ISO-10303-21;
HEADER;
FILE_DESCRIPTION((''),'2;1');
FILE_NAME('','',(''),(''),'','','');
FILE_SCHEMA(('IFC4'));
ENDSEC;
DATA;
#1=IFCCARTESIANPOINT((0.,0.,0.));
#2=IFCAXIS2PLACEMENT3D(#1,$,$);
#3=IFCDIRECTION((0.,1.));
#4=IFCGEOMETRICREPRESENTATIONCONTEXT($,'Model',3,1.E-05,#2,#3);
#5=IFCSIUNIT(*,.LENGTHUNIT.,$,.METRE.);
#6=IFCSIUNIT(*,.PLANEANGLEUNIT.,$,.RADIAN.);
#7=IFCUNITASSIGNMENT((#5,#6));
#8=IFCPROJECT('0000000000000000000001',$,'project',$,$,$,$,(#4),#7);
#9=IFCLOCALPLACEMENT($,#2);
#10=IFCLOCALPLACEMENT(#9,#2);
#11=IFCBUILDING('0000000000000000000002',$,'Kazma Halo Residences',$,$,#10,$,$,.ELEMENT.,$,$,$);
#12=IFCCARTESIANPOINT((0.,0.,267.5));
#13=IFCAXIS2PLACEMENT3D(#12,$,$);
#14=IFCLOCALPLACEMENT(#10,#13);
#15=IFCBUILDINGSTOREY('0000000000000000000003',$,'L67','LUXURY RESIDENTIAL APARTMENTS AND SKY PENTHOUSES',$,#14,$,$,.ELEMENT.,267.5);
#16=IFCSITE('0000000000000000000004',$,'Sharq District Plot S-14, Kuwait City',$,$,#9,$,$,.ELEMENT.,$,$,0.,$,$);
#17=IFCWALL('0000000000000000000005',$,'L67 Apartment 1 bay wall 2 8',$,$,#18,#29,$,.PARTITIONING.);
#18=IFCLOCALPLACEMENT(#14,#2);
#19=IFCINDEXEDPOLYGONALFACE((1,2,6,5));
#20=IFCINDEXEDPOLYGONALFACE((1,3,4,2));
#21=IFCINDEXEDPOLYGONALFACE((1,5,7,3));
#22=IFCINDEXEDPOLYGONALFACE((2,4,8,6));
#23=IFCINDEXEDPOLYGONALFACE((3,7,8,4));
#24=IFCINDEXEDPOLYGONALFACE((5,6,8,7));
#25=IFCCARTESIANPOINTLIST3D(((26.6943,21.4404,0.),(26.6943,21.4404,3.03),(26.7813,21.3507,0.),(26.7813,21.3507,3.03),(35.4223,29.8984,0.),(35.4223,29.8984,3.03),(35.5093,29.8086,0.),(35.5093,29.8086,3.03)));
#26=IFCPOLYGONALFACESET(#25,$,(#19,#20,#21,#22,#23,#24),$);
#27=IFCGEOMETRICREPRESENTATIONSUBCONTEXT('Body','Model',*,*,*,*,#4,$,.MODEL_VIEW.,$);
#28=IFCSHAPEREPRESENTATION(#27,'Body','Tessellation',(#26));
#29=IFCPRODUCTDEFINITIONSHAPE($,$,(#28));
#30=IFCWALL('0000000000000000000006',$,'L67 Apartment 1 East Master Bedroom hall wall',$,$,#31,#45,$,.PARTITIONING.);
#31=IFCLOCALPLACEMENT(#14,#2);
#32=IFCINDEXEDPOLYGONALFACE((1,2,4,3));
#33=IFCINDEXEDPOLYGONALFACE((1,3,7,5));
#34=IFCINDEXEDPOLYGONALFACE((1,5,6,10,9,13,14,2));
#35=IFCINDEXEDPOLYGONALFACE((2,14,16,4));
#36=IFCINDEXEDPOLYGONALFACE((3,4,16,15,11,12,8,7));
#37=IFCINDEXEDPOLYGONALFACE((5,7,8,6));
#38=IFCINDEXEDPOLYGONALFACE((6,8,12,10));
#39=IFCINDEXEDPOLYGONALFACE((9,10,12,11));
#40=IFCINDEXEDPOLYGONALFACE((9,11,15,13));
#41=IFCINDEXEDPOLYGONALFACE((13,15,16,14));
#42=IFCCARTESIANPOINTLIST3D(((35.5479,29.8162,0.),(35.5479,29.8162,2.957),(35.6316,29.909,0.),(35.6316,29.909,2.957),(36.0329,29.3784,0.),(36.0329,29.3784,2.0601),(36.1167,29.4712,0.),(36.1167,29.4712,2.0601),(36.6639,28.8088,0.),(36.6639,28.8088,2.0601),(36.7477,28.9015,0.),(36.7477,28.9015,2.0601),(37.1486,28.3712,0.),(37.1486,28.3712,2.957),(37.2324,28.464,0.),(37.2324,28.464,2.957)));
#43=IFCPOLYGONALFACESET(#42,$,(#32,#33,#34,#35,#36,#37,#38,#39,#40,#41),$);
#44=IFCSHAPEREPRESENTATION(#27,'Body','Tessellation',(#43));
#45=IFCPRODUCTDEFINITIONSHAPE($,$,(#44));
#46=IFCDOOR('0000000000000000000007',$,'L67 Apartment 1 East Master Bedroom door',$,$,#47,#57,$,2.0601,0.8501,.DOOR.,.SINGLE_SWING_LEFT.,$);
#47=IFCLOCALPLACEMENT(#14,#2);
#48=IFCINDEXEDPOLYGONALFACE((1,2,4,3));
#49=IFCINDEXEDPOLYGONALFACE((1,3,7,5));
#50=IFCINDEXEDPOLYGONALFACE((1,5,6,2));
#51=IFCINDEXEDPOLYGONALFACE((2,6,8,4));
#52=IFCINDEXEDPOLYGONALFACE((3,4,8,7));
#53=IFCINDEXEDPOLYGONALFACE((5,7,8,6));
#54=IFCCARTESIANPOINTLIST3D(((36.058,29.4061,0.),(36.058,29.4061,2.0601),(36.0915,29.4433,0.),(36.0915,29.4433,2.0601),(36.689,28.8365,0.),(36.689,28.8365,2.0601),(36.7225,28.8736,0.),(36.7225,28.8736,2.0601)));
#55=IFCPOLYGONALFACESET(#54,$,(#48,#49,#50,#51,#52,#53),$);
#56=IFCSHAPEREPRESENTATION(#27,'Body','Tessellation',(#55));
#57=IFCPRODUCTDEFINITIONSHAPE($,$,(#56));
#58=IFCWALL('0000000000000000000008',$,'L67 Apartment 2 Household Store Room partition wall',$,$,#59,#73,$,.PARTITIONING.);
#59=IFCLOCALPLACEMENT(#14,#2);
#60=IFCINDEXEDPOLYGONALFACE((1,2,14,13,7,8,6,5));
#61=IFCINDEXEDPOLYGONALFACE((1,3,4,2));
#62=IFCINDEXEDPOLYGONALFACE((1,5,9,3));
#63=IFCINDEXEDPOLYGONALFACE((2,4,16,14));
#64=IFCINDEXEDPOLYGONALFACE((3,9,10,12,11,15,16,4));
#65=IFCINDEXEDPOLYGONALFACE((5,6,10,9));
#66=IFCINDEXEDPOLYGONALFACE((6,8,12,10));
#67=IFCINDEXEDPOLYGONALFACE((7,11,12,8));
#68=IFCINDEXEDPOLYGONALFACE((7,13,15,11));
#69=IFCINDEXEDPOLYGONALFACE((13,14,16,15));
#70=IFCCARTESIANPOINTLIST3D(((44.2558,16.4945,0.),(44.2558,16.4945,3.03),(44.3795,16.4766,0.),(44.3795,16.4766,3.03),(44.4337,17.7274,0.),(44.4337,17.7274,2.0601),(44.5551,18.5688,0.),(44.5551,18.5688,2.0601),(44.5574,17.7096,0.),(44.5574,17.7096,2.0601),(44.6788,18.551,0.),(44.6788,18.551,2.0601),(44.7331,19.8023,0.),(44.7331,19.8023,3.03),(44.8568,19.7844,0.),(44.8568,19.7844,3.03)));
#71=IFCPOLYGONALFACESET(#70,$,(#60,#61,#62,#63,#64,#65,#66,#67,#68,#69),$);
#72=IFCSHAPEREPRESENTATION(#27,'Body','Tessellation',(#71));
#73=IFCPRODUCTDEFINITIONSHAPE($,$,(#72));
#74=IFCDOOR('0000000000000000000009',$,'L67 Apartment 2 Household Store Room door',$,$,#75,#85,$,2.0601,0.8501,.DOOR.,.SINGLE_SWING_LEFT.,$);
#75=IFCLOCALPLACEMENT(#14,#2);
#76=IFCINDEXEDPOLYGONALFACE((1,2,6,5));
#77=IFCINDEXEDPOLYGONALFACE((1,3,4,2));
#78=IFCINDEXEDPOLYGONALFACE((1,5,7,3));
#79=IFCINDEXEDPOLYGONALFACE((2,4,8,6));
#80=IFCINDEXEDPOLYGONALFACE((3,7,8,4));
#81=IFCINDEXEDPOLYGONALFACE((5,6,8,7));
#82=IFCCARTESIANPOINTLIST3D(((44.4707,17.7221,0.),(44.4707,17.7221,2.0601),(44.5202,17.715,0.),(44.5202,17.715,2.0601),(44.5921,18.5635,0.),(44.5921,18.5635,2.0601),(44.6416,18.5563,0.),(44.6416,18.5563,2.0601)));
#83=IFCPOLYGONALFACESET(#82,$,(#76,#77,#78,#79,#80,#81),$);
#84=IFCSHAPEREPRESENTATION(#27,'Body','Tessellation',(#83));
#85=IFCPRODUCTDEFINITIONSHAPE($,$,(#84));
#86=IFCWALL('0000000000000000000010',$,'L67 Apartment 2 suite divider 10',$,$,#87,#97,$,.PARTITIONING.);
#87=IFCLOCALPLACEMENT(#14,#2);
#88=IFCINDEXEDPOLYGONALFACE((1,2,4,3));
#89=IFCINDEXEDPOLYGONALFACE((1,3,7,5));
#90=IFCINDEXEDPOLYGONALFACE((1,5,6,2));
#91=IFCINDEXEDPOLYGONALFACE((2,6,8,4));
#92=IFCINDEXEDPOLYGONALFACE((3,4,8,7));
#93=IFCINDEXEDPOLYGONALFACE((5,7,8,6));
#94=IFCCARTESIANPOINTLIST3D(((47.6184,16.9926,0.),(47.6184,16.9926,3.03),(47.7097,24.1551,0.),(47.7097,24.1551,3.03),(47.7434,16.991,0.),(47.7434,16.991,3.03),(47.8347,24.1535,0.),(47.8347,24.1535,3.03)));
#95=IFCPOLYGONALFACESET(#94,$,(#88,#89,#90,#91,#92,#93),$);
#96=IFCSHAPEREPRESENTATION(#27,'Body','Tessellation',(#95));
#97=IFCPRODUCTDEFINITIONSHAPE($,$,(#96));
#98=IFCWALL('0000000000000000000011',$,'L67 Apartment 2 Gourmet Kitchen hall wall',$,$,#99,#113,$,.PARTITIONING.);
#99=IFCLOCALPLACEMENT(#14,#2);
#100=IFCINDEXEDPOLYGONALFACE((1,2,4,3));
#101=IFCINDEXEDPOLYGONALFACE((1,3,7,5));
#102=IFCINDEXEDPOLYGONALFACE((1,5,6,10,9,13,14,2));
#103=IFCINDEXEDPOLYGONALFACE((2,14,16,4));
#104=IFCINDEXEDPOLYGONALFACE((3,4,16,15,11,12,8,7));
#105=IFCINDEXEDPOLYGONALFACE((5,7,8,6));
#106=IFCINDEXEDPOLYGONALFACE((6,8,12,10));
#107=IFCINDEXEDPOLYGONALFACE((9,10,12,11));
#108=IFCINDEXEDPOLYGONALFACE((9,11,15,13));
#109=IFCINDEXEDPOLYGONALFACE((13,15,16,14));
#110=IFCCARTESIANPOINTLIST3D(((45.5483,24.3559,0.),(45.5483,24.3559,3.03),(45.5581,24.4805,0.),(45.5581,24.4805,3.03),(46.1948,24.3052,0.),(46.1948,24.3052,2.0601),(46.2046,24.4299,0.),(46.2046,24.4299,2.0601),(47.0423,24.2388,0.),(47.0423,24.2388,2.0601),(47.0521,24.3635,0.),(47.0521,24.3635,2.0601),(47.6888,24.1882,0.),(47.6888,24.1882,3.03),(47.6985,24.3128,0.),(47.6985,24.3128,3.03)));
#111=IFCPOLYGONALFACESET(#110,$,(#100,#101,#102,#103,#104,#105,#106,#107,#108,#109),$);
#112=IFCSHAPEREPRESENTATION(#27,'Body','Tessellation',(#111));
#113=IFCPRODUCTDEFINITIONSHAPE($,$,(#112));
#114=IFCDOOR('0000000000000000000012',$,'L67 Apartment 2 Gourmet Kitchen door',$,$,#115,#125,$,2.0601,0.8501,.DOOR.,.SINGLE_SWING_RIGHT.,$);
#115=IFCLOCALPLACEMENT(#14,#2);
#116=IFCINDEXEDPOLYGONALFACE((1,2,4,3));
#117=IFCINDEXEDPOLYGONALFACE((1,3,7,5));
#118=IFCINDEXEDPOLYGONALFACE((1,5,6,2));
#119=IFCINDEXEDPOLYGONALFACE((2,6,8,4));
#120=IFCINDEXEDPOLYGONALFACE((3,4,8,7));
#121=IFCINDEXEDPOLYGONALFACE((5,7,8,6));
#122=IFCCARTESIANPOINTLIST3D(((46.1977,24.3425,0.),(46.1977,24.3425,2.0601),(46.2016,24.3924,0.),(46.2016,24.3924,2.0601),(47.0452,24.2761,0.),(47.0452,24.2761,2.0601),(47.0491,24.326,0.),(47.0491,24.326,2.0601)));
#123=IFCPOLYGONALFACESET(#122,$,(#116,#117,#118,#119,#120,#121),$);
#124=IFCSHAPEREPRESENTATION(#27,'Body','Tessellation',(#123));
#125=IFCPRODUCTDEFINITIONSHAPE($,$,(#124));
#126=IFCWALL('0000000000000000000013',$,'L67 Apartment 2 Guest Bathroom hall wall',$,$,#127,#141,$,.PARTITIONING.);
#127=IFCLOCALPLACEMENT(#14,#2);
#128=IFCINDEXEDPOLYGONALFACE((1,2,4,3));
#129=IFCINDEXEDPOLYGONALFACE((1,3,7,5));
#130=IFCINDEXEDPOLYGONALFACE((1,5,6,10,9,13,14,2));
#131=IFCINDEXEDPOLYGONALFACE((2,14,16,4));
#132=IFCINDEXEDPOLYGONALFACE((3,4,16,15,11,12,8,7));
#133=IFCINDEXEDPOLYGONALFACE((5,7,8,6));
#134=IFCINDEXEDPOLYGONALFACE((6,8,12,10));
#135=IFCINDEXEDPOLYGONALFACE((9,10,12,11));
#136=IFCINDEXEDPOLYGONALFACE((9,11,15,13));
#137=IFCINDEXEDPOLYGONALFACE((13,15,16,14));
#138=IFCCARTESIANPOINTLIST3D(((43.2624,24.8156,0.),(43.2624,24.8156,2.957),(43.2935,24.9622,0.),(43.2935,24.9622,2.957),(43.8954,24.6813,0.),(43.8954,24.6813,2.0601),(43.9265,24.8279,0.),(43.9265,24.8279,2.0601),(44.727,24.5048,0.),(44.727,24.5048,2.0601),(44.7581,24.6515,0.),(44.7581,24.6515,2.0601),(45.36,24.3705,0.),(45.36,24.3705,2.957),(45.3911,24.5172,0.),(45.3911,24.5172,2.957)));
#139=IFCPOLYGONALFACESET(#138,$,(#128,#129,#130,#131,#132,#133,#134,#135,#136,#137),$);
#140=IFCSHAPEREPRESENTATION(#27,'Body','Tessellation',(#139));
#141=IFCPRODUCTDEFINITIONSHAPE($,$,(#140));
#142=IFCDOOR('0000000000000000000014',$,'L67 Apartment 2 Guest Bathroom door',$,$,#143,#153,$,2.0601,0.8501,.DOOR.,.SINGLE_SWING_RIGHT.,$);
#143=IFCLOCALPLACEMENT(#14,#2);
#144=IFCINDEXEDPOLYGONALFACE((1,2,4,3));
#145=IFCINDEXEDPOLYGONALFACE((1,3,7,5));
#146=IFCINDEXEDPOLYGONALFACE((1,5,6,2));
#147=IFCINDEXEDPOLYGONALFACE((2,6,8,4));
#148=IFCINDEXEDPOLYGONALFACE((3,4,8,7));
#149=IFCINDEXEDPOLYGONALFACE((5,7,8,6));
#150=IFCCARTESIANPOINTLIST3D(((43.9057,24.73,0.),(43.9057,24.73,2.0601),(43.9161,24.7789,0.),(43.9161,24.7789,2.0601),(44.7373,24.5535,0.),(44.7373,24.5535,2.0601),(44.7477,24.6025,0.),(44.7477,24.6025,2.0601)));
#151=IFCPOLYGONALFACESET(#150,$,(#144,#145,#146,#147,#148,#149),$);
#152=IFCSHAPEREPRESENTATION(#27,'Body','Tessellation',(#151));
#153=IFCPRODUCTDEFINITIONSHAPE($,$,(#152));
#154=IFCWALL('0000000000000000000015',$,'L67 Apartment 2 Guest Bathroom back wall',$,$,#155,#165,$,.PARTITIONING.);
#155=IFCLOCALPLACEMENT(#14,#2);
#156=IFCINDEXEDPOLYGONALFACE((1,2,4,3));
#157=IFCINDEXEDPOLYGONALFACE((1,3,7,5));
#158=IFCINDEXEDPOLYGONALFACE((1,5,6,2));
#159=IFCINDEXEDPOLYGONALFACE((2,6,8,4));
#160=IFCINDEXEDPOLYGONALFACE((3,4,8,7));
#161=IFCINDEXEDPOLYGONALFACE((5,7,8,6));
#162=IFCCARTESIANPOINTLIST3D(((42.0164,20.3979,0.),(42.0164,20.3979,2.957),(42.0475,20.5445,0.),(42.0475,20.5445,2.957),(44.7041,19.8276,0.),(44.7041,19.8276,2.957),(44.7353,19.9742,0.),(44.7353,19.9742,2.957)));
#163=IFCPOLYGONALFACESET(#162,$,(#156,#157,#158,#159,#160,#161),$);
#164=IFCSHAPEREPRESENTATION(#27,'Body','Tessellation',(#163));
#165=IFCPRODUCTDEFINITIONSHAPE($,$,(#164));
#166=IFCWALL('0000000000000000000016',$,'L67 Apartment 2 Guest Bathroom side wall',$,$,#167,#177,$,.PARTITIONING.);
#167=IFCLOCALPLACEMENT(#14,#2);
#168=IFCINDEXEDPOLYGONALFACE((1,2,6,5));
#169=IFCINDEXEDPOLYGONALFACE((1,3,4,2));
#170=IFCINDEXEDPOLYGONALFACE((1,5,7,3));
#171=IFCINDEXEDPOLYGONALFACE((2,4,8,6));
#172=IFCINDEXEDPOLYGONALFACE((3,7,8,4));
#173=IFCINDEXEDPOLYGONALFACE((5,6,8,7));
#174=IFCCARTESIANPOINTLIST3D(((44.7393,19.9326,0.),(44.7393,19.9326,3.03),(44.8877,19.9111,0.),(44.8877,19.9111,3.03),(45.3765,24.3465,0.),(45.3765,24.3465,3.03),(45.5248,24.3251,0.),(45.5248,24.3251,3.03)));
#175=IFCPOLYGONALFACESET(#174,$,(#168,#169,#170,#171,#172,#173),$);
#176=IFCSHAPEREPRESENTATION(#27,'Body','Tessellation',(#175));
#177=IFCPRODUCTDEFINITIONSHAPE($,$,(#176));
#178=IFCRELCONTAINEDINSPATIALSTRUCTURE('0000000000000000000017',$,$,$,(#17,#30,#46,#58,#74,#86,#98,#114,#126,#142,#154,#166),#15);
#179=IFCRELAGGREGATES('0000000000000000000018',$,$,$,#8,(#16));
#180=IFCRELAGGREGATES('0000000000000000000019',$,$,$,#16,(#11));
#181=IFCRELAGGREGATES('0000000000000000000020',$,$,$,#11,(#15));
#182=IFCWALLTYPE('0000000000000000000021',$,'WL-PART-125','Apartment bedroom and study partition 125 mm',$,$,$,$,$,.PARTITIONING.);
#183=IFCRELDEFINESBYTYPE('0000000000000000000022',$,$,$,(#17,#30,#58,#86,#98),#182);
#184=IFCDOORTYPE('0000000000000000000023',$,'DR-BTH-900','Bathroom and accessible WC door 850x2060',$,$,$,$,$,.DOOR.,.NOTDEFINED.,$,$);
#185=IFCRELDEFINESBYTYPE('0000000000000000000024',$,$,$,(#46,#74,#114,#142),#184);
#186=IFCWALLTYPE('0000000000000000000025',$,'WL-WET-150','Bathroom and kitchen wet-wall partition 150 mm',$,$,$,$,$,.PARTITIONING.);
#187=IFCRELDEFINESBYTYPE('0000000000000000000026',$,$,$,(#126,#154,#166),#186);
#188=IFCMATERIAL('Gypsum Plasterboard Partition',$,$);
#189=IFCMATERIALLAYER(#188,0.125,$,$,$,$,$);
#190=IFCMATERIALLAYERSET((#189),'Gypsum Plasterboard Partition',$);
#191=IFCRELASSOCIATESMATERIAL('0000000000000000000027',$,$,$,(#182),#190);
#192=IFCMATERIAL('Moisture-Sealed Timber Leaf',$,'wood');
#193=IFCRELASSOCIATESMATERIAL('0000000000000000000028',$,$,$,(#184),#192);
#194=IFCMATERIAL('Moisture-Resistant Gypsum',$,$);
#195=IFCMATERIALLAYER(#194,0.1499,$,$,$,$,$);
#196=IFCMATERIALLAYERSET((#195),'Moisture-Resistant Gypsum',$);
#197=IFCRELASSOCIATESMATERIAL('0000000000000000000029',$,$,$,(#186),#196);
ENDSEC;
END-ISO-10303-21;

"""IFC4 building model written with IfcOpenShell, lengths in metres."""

from ifc_helpers import new_model, si_unit, direction, frame, frame_2d, origin, place, context, subcontext, project, spatial, rectangle, extrude, material, layer, layer_set, type_object, element, fill, save


model = new_model("IFC4")

# Units and contexts
model_context = context("Model", 3, precision=1e-05, world=origin(), true_north=direction((0.0, 1.0)))
body_context = subcontext(model_context, "Body", "Model", "MODEL_VIEW")
ifc_project = project(units=[si_unit("LENGTHUNIT", "METRE"), si_unit("PLANEANGLEUNIT", "RADIAN")], contexts=[model_context])

# Site, building, storey
site_placement = place(None, origin())
site = spatial("IfcSite", under=ifc_project, at=site_placement, Name="Sharq District Plot S-14, Kuwait City", CompositionType="ELEMENT", RefElevation=0.0)
building_placement = place(site_placement, origin())
building = spatial("IfcBuilding", under=site, at=building_placement, Name="Kazma Halo Residences", CompositionType="ELEMENT")
storey_placement = place(building_placement, frame((0.0, 0.0, 267.5)))
storey = spatial("IfcBuildingStorey", under=building, at=storey_placement, Name="L67", Description="LUXURY RESIDENTIAL APARTMENTS AND SKY PENTHOUSES", CompositionType="ELEMENT", Elevation=267.5)

# Wall
ifc_material_1 = material(Name="Gypsum Plasterboard Partition")
ifc_layer_1 = layer(ifc_material_1, 0.125)
ifc_layer_set_1 = layer_set([ifc_layer_1], Name="Gypsum Plasterboard Partition")
wall_type_1 = type_object("IfcWallType", Name="WL-PART-125", Description="Apartment bedroom and study partition 125 mm", PredefinedType="PARTITIONING", material=ifc_layer_set_1)
wall_1_placement = place(storey_placement, frame((35.4658, 29.8535, 0.0), z_axis=(0.0, 0.0, 1.0), x_axis=(-0.718128, -0.695911, 0.0)))
element("IfcWall", 1, at=wall_1_placement, inside=storey, type_object=wall_type_1, Name="L67 Apartment 1 bay wall 2 8", PredefinedType="PARTITIONING", context=body_context, shape_type="SweptSolid", body=[
    extrude(rectangle(XDim=12.1538, YDim=0.125, at=frame_2d((6.0769, 0.0))), origin(), (0.0, 0.0, 1.0), 3.03),
])

# Walls, openings, doors
wall_2_placement = place(storey_placement, frame((35.5898, 29.8625, 0.0), z_axis=(0.0, 0.0, 1.0), x_axis=(0.742297, -0.670071, 0.0)))
wall_2 = element("IfcWall", 2, at=wall_2_placement, inside=storey, type_object=wall_type_1, Name="L67 Apartment 1 East Master Bedroom hall wall", PredefinedType="PARTITIONING", context=body_context, shape_type="SweptSolid", body=[
    extrude(rectangle(XDim=2.1565, YDim=0.125, at=frame_2d((1.0781, 0.0))), origin(), (0.0, 0.0, 1.0), 2.957),
])
opening_1_placement = place(wall_2_placement, frame((0.6533, 0.0, 0.0)))
opening_1 = element("IfcOpeningElement", 3, at=opening_1_placement, cuts=wall_2, PredefinedType="OPENING", context=body_context, shape_type="SweptSolid", body=[
    extrude(rectangle(XDim=0.8501, YDim=2.0601, at=frame_2d((0.425, 1.03))), frame((0.0, 0.0725, 0.0), z_axis=(0.0, -1.0, 0.0), x_axis=(1.0, 0.0, 0.0)), (0.0, 0.0, 1.0), 0.145),
])
ifc_material_2 = material(Name="Moisture-Sealed Timber Leaf", Category="wood")
door_type = type_object("IfcDoorType", Name="DR-BTH-900", Description="Bathroom and accessible WC door 850x2060", OperationType="NOTDEFINED", PredefinedType="DOOR", material=ifc_material_2)
door_1_placement = place(opening_1_placement, origin())
door_1 = element("IfcDoor", 4, at=door_1_placement, inside=storey, type_object=door_type, Name="L67 Apartment 1 East Master Bedroom door", OperationType="SINGLE_SWING_LEFT", OverallHeight=2.0601, OverallWidth=0.8501, PredefinedType="DOOR", context=body_context, shape_type="SweptSolid", body=[
    extrude(rectangle(XDim=0.8501, YDim=2.0601, at=frame_2d((0.425, 1.03))), frame((0.0, 0.0249, 0.0), z_axis=(0.0, -1.0, 0.0), x_axis=(1.0, 0.0, 0.0)), (0.0, 0.0, 1.0), 0.05),
])
fill(opening_1, door_1)
wall_3_placement = place(storey_placement, frame((44.7949, 19.7932, 0.0), z_axis=(0.0, 0.0, 1.0), x_axis=(-0.142812, -0.98975, 0.0)))
wall_3 = element("IfcWall", 5, at=wall_3_placement, inside=storey, type_object=wall_type_1, Name="L67 Apartment 2 Household Store Room partition wall", PredefinedType="PARTITIONING", context=body_context, shape_type="SweptSolid", body=[
    extrude(rectangle(XDim=3.342, YDim=0.125, at=frame_2d((1.6709, 0.0))), origin(), (0.0, 0.0, 1.0), 3.03),
])
opening_2_placement = place(wall_3_placement, frame((1.2461, 0.0, 0.0)))
opening_2 = element("IfcOpeningElement", 6, at=opening_2_placement, cuts=wall_3, PredefinedType="OPENING", context=body_context, shape_type="SweptSolid", body=[
    extrude(rectangle(XDim=0.8501, YDim=2.0601, at=frame_2d((0.425, 1.03))), frame((0.0, 0.0725, 0.0), z_axis=(0.0, -1.0, 0.0), x_axis=(1.0, 0.0, 0.0)), (0.0, 0.0, 1.0), 0.145),
])
door_2_placement = place(opening_2_placement, origin())
door_2 = element("IfcDoor", 7, at=door_2_placement, inside=storey, type_object=door_type, Name="L67 Apartment 2 Household Store Room door", OperationType="SINGLE_SWING_LEFT", OverallHeight=2.0601, OverallWidth=0.8501, PredefinedType="DOOR", context=body_context, shape_type="SweptSolid", body=[
    extrude(rectangle(XDim=0.8501, YDim=2.0601, at=frame_2d((0.425, 1.03))), frame((0.0, 0.0249, 0.0), z_axis=(0.0, -1.0, 0.0), x_axis=(1.0, 0.0, 0.0)), (0.0, 0.0, 1.0), 0.05),
])
fill(opening_2, door_2)

# Wall
wall_4_placement = place(storey_placement, frame((47.7722, 24.1543, 0.0), z_axis=(0.0, 0.0, 1.0), x_axis=(-0.012747, -0.999919, 0.0)))
element("IfcWall", 8, at=wall_4_placement, inside=storey, type_object=wall_type_1, Name="L67 Apartment 2 suite divider 10", PredefinedType="PARTITIONING", context=body_context, shape_type="SweptSolid", body=[
    extrude(rectangle(XDim=7.1631, YDim=0.125, at=frame_2d((3.5815, 0.0))), origin(), (0.0, 0.0, 1.0), 3.03),
])

# Walls, openings, doors
wall_5_placement = place(storey_placement, frame((45.5532, 24.4182, 0.0), z_axis=(0.0, 0.0, 1.0), x_axis=(0.996944, -0.078123, 0.0)))
wall_5 = element("IfcWall", 9, at=wall_5_placement, inside=storey, type_object=wall_type_1, Name="L67 Apartment 2 Gourmet Kitchen hall wall", PredefinedType="PARTITIONING", context=body_context, shape_type="SweptSolid", body=[
    extrude(rectangle(XDim=2.147, YDim=0.125, at=frame_2d((1.0735, 0.0))), origin(), (0.0, 0.0, 1.0), 3.03),
])
opening_3_placement = place(wall_5_placement, frame((0.6484, 0.0, 0.0)))
opening_3 = element("IfcOpeningElement", 10, at=opening_3_placement, cuts=wall_5, PredefinedType="OPENING", context=body_context, shape_type="SweptSolid", body=[
    extrude(rectangle(XDim=0.8501, YDim=2.0601, at=frame_2d((0.425, 1.03))), frame((0.0, 0.0725, 0.0), z_axis=(0.0, -1.0, 0.0), x_axis=(1.0, 0.0, 0.0)), (0.0, 0.0, 1.0), 0.145),
])
door_3_placement = place(opening_3_placement, origin())
door_3 = element("IfcDoor", 11, at=door_3_placement, inside=storey, type_object=door_type, Name="L67 Apartment 2 Gourmet Kitchen door", OperationType="SINGLE_SWING_RIGHT", OverallHeight=2.0601, OverallWidth=0.8501, PredefinedType="DOOR", context=body_context, shape_type="SweptSolid", body=[
    extrude(rectangle(XDim=0.8501, YDim=2.0601, at=frame_2d((0.425, 1.03))), frame((0.0, 0.0249, 0.0), z_axis=(0.0, -1.0, 0.0), x_axis=(1.0, 0.0, 0.0)), (0.0, 0.0, 1.0), 0.05),
])
fill(opening_3, door_3)
ifc_material_3 = material(Name="Moisture-Resistant Gypsum")
ifc_layer_2 = layer(ifc_material_3, 0.1499)
ifc_layer_set_2 = layer_set([ifc_layer_2], Name="Moisture-Resistant Gypsum")
wall_type_2 = type_object("IfcWallType", Name="WL-WET-150", Description="Bathroom and kitchen wet-wall partition 150 mm", PredefinedType="PARTITIONING", material=ifc_layer_set_2)
wall_6_placement = place(storey_placement, frame((43.2778, 24.8889, 0.0), z_axis=(0.0, 0.0, 1.0), x_axis=(0.978224, -0.207554, 0.0)))
wall_6 = element("IfcWall", 12, at=wall_6_placement, inside=storey, type_object=wall_type_2, Name="L67 Apartment 2 Guest Bathroom hall wall", PredefinedType="PARTITIONING", context=body_context, shape_type="SweptSolid", body=[
    extrude(rectangle(XDim=2.1443, YDim=0.1499, at=frame_2d((1.0723, 0.0))), origin(), (0.0, 0.0, 1.0), 2.957),
])
opening_4_placement = place(wall_6_placement, frame((0.6472, 0.0, 0.0)))
opening_4 = element("IfcOpeningElement", 13, at=opening_4_placement, cuts=wall_6, PredefinedType="OPENING", context=body_context, shape_type="SweptSolid", body=[
    extrude(rectangle(XDim=0.8501, YDim=2.0601, at=frame_2d((0.425, 1.03))), frame((0.0, 0.085, 0.0), z_axis=(0.0, -1.0, 0.0), x_axis=(1.0, 0.0, 0.0)), (0.0, 0.0, 1.0), 0.1699),
])
door_4_placement = place(opening_4_placement, origin())
door_4 = element("IfcDoor", 14, at=door_4_placement, inside=storey, type_object=door_type, Name="L67 Apartment 2 Guest Bathroom door", OperationType="SINGLE_SWING_RIGHT", OverallHeight=2.0601, OverallWidth=0.8501, PredefinedType="DOOR", context=body_context, shape_type="SweptSolid", body=[
    extrude(rectangle(XDim=0.8501, YDim=2.0601, at=frame_2d((0.425, 1.03))), frame((0.0, 0.0249, 0.0), z_axis=(0.0, -1.0, 0.0), x_axis=(1.0, 0.0, 0.0)), (0.0, 0.0, 1.0), 0.05),
])
fill(opening_4, door_4)

# Walls
wall_7_placement = place(storey_placement, frame((42.032, 20.4712, 0.0), z_axis=(0.0, 0.0, 1.0), x_axis=(0.97822, -0.207569, 0.0)))
element("IfcWall", 15, at=wall_7_placement, inside=storey, type_object=wall_type_2, Name="L67 Apartment 2 Guest Bathroom back wall", PredefinedType="PARTITIONING", context=body_context, shape_type="SweptSolid", body=[
    extrude(rectangle(XDim=2.7476, YDim=0.1499, at=frame_2d((1.3738, 0.0))), origin(), (0.0, 0.0, 1.0), 2.957),
])
wall_8_placement = place(storey_placement, frame((45.4507, 24.3359, 0.0), z_axis=(0.0, 0.0, 1.0), x_axis=(-0.142877, -0.98974, 0.0)))
element("IfcWall", 16, at=wall_8_placement, inside=storey, type_object=wall_type_2, Name="L67 Apartment 2 Guest Bathroom side wall", PredefinedType="PARTITIONING", context=body_context, shape_type="SweptSolid", body=[
    extrude(rectangle(XDim=4.4597, YDim=0.1499, at=frame_2d((2.23, 0.0))), origin(), (0.0, 0.0, 1.0), 3.03),
])

save(model, "model.ifc")
